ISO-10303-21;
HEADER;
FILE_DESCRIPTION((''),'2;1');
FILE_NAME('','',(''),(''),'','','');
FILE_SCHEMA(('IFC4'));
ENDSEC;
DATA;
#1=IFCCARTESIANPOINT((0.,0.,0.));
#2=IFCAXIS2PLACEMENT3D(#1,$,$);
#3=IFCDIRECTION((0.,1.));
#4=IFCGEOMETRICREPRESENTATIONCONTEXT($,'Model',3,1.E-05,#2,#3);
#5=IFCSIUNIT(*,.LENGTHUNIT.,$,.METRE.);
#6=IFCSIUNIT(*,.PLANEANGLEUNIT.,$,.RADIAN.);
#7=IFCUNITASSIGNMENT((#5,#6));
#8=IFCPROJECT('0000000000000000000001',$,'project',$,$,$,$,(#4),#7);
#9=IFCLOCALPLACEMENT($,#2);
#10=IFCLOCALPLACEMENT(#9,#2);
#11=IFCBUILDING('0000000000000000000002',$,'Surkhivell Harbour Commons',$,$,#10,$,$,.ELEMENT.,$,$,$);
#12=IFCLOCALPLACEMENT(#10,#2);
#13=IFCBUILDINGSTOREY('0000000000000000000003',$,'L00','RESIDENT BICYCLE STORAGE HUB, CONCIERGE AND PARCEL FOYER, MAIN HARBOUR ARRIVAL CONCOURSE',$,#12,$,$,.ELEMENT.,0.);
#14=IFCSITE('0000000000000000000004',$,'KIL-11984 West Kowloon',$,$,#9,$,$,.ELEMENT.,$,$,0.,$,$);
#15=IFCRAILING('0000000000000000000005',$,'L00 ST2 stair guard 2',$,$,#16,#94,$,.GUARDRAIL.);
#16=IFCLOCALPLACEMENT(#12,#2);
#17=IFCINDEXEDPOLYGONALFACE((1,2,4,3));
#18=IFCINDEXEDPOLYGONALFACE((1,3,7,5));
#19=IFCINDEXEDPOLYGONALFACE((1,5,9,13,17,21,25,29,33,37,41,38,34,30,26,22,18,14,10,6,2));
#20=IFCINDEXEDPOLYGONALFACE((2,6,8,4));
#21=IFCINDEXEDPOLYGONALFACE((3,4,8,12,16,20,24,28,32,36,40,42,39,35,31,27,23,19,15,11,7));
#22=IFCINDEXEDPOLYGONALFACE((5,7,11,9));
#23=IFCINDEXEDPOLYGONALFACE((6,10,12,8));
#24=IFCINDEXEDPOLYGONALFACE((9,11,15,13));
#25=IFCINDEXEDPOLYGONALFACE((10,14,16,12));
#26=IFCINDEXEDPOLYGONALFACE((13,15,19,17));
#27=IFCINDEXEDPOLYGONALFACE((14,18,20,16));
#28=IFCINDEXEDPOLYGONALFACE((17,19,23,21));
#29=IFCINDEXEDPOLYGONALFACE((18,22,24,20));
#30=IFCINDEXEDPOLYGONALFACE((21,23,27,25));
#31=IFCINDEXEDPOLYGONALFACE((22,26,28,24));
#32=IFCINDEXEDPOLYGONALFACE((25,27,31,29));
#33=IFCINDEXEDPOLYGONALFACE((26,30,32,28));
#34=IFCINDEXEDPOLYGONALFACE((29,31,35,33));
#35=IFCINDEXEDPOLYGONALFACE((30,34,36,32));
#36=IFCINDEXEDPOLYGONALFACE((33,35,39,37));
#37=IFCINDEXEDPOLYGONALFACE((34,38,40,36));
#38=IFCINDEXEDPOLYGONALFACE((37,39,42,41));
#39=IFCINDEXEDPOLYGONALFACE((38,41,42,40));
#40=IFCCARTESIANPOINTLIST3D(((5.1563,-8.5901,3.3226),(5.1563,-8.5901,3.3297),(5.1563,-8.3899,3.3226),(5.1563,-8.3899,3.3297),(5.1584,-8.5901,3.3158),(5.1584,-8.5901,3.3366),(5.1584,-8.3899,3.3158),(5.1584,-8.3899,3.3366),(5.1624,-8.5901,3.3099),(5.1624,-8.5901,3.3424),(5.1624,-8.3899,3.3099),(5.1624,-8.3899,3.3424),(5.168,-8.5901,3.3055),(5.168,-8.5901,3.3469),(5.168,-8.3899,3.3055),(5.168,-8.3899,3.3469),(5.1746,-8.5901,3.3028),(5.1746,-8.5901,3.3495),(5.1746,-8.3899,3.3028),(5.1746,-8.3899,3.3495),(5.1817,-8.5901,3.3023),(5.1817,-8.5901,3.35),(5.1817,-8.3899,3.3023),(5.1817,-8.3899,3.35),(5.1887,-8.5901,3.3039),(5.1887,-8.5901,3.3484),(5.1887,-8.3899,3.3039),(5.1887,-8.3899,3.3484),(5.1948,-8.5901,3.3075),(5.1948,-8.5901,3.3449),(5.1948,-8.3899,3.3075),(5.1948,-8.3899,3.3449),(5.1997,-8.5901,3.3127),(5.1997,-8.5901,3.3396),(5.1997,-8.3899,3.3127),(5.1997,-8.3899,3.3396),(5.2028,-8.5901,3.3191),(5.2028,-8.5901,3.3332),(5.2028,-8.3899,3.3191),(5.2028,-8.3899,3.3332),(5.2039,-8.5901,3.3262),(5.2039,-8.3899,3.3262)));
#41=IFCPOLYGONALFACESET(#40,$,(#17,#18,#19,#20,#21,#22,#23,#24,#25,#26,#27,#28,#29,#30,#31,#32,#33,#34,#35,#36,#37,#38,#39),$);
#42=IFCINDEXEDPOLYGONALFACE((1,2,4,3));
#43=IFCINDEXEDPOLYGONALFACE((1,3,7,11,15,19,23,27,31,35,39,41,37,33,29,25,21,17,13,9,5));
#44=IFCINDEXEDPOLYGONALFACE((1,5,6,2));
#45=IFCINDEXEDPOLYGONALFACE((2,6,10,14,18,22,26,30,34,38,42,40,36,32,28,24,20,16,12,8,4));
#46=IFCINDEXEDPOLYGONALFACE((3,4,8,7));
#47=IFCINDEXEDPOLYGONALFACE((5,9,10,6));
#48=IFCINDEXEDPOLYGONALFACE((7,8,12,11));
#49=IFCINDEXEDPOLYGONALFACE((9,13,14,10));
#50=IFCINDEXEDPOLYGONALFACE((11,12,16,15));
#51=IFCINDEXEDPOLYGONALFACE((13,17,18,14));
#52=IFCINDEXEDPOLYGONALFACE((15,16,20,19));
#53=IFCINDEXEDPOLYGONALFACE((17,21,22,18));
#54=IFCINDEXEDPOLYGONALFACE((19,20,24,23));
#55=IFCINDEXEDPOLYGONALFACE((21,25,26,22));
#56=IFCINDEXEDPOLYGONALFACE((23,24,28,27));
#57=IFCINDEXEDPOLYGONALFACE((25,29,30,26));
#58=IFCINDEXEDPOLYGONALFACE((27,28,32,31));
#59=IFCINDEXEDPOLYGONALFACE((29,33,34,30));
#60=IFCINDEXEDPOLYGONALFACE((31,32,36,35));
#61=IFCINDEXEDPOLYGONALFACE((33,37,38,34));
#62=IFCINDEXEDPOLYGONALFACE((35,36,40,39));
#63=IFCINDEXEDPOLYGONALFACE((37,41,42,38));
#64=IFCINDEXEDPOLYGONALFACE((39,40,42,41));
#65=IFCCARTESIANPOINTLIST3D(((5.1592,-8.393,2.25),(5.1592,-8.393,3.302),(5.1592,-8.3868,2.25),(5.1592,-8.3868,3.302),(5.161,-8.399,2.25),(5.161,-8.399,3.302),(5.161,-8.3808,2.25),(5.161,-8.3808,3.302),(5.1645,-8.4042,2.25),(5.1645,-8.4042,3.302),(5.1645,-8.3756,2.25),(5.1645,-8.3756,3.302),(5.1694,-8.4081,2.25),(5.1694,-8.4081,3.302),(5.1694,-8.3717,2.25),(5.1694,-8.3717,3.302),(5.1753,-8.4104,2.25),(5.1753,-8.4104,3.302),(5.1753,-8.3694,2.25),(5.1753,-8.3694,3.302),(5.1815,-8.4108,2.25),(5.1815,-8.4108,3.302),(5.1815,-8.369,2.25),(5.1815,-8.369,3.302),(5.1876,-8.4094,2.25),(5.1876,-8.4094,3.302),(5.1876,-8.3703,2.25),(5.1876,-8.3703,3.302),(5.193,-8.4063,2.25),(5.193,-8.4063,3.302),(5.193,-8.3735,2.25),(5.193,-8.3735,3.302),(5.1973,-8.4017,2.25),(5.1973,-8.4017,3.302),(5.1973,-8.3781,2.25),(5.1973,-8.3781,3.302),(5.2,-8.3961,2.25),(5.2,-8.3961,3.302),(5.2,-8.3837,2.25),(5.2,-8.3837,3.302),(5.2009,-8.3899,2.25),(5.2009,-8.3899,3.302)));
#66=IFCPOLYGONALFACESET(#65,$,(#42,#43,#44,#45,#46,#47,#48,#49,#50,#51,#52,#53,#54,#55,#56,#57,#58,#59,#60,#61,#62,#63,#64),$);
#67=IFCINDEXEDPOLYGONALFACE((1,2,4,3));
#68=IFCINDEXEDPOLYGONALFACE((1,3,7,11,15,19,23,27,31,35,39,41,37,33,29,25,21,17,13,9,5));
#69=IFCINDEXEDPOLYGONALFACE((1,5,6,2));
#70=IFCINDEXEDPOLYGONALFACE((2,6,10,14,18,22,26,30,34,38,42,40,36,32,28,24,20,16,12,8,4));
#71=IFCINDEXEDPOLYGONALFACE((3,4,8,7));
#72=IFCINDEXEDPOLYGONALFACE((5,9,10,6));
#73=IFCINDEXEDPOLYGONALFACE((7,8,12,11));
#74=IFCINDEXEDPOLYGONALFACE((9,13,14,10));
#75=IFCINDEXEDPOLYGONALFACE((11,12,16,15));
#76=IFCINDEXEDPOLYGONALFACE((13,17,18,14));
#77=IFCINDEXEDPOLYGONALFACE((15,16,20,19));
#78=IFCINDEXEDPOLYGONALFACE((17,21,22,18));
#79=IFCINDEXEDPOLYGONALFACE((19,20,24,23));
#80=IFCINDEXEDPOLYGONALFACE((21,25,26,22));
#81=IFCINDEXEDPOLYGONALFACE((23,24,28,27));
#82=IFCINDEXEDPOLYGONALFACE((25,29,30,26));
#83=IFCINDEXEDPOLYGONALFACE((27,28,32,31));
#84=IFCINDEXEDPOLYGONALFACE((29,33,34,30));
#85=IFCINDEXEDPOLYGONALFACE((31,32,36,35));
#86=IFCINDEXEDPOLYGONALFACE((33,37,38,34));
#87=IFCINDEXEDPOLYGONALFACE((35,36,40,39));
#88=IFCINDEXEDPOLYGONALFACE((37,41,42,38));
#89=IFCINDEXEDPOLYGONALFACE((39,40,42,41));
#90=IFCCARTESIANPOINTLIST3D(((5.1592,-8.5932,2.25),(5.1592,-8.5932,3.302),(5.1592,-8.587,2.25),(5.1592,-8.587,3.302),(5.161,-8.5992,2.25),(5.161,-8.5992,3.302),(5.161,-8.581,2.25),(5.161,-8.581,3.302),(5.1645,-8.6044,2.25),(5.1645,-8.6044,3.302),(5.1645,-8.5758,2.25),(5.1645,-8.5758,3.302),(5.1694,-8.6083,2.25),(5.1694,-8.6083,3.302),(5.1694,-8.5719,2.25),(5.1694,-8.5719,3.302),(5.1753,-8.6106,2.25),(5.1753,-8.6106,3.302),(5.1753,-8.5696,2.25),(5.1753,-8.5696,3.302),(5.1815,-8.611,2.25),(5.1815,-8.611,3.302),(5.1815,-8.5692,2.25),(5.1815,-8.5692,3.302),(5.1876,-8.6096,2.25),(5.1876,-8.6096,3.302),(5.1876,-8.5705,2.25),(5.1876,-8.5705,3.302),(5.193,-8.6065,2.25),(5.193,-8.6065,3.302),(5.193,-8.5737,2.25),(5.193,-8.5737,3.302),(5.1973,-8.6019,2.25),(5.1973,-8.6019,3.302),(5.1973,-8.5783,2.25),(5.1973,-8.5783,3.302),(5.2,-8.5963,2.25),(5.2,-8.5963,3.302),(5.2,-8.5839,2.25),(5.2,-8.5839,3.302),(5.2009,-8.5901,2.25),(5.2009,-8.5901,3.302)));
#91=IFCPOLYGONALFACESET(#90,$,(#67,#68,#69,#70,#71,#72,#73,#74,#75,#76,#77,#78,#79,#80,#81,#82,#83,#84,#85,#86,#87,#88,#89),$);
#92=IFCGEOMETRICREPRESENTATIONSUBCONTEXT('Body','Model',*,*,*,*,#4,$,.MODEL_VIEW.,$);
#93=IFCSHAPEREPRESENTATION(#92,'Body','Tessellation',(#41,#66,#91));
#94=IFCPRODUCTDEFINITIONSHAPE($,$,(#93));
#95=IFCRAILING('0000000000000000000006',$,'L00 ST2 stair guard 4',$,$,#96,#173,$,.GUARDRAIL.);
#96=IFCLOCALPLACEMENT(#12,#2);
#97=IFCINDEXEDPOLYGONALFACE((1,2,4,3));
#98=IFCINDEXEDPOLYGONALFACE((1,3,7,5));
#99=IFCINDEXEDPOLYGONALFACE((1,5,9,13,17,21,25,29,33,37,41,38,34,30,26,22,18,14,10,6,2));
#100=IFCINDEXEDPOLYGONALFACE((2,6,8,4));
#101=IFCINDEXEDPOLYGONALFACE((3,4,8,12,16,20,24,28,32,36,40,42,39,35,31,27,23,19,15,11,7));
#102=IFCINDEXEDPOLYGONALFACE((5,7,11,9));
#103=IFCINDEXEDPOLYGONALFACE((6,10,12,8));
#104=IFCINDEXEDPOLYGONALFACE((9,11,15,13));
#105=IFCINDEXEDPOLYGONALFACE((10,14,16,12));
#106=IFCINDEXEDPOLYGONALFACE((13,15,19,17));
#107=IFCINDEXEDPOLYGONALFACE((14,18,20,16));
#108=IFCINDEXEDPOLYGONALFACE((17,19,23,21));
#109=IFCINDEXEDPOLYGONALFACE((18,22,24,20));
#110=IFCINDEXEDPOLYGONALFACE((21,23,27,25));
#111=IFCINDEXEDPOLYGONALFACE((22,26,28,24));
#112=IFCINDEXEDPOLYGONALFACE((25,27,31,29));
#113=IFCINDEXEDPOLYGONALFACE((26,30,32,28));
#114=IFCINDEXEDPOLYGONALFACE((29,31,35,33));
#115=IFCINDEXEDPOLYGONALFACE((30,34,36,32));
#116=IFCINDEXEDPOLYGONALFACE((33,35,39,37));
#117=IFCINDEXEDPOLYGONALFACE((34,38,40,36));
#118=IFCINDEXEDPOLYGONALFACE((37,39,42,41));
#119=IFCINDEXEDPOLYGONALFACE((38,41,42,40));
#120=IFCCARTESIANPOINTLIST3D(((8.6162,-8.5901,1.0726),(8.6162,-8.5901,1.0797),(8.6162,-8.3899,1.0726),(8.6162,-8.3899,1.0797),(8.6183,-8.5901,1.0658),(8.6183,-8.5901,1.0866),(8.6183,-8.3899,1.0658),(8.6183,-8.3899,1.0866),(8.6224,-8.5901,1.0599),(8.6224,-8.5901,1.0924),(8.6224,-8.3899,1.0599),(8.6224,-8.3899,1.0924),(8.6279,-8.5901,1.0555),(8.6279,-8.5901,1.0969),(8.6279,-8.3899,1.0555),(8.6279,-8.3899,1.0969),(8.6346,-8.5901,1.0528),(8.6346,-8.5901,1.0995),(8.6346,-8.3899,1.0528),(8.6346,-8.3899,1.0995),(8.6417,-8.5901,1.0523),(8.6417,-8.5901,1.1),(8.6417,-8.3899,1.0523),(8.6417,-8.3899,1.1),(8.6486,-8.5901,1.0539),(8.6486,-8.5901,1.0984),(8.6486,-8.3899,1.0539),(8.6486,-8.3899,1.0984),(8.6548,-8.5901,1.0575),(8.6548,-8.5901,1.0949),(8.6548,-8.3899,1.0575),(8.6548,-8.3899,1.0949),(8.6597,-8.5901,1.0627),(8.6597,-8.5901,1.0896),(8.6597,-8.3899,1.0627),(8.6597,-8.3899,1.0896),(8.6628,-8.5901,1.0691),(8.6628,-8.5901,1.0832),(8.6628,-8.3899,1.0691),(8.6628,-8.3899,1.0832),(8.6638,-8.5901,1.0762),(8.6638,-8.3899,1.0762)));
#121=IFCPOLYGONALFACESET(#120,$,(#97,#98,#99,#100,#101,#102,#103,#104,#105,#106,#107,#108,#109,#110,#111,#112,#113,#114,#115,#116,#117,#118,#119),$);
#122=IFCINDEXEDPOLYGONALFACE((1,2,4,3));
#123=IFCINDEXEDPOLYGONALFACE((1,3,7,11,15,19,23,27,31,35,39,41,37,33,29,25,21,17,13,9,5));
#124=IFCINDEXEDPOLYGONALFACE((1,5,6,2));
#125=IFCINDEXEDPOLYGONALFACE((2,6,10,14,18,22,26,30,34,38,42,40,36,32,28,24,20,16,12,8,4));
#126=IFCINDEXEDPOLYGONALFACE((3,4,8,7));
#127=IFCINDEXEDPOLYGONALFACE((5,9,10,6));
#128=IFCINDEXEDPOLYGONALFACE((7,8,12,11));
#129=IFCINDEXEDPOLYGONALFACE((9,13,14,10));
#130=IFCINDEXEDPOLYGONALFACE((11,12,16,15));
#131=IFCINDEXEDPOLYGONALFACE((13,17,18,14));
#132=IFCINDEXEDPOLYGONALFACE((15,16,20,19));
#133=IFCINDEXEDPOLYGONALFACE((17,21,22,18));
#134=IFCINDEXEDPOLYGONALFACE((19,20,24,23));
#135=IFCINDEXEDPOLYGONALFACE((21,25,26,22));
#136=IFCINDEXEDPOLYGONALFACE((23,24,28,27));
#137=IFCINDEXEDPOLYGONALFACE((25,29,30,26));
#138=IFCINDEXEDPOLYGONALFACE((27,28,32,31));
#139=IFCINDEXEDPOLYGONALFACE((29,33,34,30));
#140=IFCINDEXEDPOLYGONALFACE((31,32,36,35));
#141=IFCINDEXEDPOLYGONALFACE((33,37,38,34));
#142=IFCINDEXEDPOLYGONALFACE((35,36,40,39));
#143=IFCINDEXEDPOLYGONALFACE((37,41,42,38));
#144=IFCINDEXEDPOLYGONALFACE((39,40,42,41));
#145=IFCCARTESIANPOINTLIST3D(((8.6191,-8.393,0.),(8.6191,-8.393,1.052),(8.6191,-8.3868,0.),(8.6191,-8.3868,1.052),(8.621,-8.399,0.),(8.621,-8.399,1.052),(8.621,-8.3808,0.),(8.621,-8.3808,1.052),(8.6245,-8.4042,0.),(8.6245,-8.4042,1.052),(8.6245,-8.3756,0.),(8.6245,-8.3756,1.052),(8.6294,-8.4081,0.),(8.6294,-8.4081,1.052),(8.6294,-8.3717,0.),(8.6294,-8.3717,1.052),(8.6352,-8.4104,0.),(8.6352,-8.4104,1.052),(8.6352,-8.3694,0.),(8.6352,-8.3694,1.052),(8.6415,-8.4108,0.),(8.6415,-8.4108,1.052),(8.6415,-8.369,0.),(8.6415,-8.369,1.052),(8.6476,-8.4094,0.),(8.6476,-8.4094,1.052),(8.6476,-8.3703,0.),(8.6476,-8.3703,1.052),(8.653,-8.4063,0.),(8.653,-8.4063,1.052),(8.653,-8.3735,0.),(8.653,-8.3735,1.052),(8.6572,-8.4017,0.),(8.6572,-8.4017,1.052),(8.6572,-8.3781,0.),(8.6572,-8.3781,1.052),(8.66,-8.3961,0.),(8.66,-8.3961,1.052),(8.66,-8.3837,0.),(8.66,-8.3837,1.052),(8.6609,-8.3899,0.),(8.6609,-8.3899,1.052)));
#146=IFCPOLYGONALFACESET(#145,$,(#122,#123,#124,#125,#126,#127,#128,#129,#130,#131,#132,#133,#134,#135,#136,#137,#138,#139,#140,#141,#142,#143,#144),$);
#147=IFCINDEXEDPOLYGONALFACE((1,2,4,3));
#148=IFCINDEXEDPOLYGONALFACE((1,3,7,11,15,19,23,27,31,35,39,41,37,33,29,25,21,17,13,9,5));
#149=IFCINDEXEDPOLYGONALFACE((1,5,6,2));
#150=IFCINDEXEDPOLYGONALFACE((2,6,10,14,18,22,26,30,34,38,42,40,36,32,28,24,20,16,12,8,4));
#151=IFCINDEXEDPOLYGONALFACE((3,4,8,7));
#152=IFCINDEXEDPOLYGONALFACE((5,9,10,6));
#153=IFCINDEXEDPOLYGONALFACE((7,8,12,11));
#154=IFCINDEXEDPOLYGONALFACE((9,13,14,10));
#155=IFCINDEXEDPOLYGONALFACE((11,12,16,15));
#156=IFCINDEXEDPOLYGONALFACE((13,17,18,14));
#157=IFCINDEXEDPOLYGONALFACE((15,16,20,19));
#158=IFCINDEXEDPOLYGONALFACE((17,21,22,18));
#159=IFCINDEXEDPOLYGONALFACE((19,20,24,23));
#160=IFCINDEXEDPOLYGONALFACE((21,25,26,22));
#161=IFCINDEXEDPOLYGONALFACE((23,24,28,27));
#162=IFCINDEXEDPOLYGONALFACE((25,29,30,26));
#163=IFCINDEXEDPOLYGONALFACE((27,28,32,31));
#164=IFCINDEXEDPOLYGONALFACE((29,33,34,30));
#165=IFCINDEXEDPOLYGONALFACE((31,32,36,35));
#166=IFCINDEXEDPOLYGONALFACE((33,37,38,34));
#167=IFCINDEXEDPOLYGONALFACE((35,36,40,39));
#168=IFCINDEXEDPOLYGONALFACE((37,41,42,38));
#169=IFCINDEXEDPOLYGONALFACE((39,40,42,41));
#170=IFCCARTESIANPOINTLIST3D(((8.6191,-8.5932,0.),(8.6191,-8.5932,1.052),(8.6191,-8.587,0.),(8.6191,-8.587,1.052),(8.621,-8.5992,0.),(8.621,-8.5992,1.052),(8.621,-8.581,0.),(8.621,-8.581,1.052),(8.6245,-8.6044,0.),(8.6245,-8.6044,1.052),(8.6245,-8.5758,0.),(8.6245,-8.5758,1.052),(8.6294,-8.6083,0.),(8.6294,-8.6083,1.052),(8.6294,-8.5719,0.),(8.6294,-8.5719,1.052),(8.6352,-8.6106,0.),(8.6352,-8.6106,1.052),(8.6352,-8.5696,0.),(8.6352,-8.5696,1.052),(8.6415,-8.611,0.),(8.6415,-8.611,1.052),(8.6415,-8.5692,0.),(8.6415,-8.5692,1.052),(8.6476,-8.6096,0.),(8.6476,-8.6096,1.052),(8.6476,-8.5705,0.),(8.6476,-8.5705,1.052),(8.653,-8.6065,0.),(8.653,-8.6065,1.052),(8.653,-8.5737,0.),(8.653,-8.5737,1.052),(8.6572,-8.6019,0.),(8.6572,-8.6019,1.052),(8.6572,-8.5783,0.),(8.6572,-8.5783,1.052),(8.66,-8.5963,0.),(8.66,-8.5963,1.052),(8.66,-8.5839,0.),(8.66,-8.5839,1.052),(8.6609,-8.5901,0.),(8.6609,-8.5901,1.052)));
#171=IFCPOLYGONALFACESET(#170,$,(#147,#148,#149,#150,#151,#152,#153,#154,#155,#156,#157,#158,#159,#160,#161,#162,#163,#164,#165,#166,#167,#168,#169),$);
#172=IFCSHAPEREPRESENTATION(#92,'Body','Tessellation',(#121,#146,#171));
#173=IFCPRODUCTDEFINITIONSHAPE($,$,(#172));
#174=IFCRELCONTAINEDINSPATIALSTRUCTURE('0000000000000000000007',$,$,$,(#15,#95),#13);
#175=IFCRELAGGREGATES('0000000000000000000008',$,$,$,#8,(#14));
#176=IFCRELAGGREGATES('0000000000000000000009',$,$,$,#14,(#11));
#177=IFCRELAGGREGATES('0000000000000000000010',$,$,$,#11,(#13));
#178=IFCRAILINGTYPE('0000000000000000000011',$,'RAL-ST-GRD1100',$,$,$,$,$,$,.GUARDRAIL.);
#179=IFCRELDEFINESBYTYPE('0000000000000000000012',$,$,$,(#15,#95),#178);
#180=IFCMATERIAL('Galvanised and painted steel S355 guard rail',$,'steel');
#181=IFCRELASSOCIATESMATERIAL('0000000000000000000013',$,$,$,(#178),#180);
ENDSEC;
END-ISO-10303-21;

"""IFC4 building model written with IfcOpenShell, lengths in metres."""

from ifc_helpers import new_model, si_unit, direction, frame, origin, origin_2d, place, context, subcontext, project, spatial, circle, extrude, material, type_object, element, save


model = new_model("IFC4")

# Units and contexts
model_context = context("Model", 3, precision=1e-05, world=origin(), true_north=direction((0.0, 1.0)))
body_context = subcontext(model_context, "Body", "Model", "MODEL_VIEW")
ifc_project = project(units=[si_unit("LENGTHUNIT", "METRE"), si_unit("PLANEANGLEUNIT", "RADIAN")], contexts=[model_context])

# Site, building, storey
site_placement = place(None, origin())
site = spatial("IfcSite", under=ifc_project, at=site_placement, Name="KIL-11984 West Kowloon", CompositionType="ELEMENT", RefElevation=0.0)
building_placement = place(site_placement, origin())
building = spatial("IfcBuilding", under=site, at=building_placement, Name="Surkhivell Harbour Commons", CompositionType="ELEMENT")
storey_placement = place(building_placement, origin())
storey = spatial("IfcBuildingStorey", under=building, at=storey_placement, Name="L00", Description="RESIDENT BICYCLE STORAGE HUB, CONCIERGE AND PARCEL FOYER, MAIN HARBOUR ARRIVAL CONCOURSE", CompositionType="ELEMENT", Elevation=0.0)

# Railings
ifc_material_1 = material(Name="Galvanised and painted steel S355 guard rail", Category="steel")
railing_type_1 = type_object("IfcRailingType", Name="RAL-ST-GRD1100", PredefinedType="GUARDRAIL", material=ifc_material_1)
for number, where, name in (
    (1, (5.1799, -8.3899, 2.25), "L00 ST2 stair guard 2"),
    (2, (8.6399, -8.3899, 0.0), "L00 ST2 stair guard 4"),
):
    element("IfcRailing", number, at=place(storey_placement, frame(where)), inside=storey, type_object=railing_type_1, Name=name, PredefinedType="GUARDRAIL", context=body_context, shape_type="SweptSolid", body=[
        extrude(circle(Radius=0.0239, at=origin_2d()), frame((0.0, 0.0, 1.0762), z_axis=(0.0, -1.0, 0.0), x_axis=(1.0, 0.0, 0.0)), (0.0, 0.0, 1.0), 0.2002),
        extrude(circle(Radius=0.021, at=origin_2d()), origin(), (0.0, 0.0, 1.0), 1.052),
        extrude(circle(Radius=0.021, at=origin_2d()), frame((0.0, -0.2002, 0.0)), (0.0, 0.0, 1.0), 1.052),
    ])

save(model, "model.ifc")
